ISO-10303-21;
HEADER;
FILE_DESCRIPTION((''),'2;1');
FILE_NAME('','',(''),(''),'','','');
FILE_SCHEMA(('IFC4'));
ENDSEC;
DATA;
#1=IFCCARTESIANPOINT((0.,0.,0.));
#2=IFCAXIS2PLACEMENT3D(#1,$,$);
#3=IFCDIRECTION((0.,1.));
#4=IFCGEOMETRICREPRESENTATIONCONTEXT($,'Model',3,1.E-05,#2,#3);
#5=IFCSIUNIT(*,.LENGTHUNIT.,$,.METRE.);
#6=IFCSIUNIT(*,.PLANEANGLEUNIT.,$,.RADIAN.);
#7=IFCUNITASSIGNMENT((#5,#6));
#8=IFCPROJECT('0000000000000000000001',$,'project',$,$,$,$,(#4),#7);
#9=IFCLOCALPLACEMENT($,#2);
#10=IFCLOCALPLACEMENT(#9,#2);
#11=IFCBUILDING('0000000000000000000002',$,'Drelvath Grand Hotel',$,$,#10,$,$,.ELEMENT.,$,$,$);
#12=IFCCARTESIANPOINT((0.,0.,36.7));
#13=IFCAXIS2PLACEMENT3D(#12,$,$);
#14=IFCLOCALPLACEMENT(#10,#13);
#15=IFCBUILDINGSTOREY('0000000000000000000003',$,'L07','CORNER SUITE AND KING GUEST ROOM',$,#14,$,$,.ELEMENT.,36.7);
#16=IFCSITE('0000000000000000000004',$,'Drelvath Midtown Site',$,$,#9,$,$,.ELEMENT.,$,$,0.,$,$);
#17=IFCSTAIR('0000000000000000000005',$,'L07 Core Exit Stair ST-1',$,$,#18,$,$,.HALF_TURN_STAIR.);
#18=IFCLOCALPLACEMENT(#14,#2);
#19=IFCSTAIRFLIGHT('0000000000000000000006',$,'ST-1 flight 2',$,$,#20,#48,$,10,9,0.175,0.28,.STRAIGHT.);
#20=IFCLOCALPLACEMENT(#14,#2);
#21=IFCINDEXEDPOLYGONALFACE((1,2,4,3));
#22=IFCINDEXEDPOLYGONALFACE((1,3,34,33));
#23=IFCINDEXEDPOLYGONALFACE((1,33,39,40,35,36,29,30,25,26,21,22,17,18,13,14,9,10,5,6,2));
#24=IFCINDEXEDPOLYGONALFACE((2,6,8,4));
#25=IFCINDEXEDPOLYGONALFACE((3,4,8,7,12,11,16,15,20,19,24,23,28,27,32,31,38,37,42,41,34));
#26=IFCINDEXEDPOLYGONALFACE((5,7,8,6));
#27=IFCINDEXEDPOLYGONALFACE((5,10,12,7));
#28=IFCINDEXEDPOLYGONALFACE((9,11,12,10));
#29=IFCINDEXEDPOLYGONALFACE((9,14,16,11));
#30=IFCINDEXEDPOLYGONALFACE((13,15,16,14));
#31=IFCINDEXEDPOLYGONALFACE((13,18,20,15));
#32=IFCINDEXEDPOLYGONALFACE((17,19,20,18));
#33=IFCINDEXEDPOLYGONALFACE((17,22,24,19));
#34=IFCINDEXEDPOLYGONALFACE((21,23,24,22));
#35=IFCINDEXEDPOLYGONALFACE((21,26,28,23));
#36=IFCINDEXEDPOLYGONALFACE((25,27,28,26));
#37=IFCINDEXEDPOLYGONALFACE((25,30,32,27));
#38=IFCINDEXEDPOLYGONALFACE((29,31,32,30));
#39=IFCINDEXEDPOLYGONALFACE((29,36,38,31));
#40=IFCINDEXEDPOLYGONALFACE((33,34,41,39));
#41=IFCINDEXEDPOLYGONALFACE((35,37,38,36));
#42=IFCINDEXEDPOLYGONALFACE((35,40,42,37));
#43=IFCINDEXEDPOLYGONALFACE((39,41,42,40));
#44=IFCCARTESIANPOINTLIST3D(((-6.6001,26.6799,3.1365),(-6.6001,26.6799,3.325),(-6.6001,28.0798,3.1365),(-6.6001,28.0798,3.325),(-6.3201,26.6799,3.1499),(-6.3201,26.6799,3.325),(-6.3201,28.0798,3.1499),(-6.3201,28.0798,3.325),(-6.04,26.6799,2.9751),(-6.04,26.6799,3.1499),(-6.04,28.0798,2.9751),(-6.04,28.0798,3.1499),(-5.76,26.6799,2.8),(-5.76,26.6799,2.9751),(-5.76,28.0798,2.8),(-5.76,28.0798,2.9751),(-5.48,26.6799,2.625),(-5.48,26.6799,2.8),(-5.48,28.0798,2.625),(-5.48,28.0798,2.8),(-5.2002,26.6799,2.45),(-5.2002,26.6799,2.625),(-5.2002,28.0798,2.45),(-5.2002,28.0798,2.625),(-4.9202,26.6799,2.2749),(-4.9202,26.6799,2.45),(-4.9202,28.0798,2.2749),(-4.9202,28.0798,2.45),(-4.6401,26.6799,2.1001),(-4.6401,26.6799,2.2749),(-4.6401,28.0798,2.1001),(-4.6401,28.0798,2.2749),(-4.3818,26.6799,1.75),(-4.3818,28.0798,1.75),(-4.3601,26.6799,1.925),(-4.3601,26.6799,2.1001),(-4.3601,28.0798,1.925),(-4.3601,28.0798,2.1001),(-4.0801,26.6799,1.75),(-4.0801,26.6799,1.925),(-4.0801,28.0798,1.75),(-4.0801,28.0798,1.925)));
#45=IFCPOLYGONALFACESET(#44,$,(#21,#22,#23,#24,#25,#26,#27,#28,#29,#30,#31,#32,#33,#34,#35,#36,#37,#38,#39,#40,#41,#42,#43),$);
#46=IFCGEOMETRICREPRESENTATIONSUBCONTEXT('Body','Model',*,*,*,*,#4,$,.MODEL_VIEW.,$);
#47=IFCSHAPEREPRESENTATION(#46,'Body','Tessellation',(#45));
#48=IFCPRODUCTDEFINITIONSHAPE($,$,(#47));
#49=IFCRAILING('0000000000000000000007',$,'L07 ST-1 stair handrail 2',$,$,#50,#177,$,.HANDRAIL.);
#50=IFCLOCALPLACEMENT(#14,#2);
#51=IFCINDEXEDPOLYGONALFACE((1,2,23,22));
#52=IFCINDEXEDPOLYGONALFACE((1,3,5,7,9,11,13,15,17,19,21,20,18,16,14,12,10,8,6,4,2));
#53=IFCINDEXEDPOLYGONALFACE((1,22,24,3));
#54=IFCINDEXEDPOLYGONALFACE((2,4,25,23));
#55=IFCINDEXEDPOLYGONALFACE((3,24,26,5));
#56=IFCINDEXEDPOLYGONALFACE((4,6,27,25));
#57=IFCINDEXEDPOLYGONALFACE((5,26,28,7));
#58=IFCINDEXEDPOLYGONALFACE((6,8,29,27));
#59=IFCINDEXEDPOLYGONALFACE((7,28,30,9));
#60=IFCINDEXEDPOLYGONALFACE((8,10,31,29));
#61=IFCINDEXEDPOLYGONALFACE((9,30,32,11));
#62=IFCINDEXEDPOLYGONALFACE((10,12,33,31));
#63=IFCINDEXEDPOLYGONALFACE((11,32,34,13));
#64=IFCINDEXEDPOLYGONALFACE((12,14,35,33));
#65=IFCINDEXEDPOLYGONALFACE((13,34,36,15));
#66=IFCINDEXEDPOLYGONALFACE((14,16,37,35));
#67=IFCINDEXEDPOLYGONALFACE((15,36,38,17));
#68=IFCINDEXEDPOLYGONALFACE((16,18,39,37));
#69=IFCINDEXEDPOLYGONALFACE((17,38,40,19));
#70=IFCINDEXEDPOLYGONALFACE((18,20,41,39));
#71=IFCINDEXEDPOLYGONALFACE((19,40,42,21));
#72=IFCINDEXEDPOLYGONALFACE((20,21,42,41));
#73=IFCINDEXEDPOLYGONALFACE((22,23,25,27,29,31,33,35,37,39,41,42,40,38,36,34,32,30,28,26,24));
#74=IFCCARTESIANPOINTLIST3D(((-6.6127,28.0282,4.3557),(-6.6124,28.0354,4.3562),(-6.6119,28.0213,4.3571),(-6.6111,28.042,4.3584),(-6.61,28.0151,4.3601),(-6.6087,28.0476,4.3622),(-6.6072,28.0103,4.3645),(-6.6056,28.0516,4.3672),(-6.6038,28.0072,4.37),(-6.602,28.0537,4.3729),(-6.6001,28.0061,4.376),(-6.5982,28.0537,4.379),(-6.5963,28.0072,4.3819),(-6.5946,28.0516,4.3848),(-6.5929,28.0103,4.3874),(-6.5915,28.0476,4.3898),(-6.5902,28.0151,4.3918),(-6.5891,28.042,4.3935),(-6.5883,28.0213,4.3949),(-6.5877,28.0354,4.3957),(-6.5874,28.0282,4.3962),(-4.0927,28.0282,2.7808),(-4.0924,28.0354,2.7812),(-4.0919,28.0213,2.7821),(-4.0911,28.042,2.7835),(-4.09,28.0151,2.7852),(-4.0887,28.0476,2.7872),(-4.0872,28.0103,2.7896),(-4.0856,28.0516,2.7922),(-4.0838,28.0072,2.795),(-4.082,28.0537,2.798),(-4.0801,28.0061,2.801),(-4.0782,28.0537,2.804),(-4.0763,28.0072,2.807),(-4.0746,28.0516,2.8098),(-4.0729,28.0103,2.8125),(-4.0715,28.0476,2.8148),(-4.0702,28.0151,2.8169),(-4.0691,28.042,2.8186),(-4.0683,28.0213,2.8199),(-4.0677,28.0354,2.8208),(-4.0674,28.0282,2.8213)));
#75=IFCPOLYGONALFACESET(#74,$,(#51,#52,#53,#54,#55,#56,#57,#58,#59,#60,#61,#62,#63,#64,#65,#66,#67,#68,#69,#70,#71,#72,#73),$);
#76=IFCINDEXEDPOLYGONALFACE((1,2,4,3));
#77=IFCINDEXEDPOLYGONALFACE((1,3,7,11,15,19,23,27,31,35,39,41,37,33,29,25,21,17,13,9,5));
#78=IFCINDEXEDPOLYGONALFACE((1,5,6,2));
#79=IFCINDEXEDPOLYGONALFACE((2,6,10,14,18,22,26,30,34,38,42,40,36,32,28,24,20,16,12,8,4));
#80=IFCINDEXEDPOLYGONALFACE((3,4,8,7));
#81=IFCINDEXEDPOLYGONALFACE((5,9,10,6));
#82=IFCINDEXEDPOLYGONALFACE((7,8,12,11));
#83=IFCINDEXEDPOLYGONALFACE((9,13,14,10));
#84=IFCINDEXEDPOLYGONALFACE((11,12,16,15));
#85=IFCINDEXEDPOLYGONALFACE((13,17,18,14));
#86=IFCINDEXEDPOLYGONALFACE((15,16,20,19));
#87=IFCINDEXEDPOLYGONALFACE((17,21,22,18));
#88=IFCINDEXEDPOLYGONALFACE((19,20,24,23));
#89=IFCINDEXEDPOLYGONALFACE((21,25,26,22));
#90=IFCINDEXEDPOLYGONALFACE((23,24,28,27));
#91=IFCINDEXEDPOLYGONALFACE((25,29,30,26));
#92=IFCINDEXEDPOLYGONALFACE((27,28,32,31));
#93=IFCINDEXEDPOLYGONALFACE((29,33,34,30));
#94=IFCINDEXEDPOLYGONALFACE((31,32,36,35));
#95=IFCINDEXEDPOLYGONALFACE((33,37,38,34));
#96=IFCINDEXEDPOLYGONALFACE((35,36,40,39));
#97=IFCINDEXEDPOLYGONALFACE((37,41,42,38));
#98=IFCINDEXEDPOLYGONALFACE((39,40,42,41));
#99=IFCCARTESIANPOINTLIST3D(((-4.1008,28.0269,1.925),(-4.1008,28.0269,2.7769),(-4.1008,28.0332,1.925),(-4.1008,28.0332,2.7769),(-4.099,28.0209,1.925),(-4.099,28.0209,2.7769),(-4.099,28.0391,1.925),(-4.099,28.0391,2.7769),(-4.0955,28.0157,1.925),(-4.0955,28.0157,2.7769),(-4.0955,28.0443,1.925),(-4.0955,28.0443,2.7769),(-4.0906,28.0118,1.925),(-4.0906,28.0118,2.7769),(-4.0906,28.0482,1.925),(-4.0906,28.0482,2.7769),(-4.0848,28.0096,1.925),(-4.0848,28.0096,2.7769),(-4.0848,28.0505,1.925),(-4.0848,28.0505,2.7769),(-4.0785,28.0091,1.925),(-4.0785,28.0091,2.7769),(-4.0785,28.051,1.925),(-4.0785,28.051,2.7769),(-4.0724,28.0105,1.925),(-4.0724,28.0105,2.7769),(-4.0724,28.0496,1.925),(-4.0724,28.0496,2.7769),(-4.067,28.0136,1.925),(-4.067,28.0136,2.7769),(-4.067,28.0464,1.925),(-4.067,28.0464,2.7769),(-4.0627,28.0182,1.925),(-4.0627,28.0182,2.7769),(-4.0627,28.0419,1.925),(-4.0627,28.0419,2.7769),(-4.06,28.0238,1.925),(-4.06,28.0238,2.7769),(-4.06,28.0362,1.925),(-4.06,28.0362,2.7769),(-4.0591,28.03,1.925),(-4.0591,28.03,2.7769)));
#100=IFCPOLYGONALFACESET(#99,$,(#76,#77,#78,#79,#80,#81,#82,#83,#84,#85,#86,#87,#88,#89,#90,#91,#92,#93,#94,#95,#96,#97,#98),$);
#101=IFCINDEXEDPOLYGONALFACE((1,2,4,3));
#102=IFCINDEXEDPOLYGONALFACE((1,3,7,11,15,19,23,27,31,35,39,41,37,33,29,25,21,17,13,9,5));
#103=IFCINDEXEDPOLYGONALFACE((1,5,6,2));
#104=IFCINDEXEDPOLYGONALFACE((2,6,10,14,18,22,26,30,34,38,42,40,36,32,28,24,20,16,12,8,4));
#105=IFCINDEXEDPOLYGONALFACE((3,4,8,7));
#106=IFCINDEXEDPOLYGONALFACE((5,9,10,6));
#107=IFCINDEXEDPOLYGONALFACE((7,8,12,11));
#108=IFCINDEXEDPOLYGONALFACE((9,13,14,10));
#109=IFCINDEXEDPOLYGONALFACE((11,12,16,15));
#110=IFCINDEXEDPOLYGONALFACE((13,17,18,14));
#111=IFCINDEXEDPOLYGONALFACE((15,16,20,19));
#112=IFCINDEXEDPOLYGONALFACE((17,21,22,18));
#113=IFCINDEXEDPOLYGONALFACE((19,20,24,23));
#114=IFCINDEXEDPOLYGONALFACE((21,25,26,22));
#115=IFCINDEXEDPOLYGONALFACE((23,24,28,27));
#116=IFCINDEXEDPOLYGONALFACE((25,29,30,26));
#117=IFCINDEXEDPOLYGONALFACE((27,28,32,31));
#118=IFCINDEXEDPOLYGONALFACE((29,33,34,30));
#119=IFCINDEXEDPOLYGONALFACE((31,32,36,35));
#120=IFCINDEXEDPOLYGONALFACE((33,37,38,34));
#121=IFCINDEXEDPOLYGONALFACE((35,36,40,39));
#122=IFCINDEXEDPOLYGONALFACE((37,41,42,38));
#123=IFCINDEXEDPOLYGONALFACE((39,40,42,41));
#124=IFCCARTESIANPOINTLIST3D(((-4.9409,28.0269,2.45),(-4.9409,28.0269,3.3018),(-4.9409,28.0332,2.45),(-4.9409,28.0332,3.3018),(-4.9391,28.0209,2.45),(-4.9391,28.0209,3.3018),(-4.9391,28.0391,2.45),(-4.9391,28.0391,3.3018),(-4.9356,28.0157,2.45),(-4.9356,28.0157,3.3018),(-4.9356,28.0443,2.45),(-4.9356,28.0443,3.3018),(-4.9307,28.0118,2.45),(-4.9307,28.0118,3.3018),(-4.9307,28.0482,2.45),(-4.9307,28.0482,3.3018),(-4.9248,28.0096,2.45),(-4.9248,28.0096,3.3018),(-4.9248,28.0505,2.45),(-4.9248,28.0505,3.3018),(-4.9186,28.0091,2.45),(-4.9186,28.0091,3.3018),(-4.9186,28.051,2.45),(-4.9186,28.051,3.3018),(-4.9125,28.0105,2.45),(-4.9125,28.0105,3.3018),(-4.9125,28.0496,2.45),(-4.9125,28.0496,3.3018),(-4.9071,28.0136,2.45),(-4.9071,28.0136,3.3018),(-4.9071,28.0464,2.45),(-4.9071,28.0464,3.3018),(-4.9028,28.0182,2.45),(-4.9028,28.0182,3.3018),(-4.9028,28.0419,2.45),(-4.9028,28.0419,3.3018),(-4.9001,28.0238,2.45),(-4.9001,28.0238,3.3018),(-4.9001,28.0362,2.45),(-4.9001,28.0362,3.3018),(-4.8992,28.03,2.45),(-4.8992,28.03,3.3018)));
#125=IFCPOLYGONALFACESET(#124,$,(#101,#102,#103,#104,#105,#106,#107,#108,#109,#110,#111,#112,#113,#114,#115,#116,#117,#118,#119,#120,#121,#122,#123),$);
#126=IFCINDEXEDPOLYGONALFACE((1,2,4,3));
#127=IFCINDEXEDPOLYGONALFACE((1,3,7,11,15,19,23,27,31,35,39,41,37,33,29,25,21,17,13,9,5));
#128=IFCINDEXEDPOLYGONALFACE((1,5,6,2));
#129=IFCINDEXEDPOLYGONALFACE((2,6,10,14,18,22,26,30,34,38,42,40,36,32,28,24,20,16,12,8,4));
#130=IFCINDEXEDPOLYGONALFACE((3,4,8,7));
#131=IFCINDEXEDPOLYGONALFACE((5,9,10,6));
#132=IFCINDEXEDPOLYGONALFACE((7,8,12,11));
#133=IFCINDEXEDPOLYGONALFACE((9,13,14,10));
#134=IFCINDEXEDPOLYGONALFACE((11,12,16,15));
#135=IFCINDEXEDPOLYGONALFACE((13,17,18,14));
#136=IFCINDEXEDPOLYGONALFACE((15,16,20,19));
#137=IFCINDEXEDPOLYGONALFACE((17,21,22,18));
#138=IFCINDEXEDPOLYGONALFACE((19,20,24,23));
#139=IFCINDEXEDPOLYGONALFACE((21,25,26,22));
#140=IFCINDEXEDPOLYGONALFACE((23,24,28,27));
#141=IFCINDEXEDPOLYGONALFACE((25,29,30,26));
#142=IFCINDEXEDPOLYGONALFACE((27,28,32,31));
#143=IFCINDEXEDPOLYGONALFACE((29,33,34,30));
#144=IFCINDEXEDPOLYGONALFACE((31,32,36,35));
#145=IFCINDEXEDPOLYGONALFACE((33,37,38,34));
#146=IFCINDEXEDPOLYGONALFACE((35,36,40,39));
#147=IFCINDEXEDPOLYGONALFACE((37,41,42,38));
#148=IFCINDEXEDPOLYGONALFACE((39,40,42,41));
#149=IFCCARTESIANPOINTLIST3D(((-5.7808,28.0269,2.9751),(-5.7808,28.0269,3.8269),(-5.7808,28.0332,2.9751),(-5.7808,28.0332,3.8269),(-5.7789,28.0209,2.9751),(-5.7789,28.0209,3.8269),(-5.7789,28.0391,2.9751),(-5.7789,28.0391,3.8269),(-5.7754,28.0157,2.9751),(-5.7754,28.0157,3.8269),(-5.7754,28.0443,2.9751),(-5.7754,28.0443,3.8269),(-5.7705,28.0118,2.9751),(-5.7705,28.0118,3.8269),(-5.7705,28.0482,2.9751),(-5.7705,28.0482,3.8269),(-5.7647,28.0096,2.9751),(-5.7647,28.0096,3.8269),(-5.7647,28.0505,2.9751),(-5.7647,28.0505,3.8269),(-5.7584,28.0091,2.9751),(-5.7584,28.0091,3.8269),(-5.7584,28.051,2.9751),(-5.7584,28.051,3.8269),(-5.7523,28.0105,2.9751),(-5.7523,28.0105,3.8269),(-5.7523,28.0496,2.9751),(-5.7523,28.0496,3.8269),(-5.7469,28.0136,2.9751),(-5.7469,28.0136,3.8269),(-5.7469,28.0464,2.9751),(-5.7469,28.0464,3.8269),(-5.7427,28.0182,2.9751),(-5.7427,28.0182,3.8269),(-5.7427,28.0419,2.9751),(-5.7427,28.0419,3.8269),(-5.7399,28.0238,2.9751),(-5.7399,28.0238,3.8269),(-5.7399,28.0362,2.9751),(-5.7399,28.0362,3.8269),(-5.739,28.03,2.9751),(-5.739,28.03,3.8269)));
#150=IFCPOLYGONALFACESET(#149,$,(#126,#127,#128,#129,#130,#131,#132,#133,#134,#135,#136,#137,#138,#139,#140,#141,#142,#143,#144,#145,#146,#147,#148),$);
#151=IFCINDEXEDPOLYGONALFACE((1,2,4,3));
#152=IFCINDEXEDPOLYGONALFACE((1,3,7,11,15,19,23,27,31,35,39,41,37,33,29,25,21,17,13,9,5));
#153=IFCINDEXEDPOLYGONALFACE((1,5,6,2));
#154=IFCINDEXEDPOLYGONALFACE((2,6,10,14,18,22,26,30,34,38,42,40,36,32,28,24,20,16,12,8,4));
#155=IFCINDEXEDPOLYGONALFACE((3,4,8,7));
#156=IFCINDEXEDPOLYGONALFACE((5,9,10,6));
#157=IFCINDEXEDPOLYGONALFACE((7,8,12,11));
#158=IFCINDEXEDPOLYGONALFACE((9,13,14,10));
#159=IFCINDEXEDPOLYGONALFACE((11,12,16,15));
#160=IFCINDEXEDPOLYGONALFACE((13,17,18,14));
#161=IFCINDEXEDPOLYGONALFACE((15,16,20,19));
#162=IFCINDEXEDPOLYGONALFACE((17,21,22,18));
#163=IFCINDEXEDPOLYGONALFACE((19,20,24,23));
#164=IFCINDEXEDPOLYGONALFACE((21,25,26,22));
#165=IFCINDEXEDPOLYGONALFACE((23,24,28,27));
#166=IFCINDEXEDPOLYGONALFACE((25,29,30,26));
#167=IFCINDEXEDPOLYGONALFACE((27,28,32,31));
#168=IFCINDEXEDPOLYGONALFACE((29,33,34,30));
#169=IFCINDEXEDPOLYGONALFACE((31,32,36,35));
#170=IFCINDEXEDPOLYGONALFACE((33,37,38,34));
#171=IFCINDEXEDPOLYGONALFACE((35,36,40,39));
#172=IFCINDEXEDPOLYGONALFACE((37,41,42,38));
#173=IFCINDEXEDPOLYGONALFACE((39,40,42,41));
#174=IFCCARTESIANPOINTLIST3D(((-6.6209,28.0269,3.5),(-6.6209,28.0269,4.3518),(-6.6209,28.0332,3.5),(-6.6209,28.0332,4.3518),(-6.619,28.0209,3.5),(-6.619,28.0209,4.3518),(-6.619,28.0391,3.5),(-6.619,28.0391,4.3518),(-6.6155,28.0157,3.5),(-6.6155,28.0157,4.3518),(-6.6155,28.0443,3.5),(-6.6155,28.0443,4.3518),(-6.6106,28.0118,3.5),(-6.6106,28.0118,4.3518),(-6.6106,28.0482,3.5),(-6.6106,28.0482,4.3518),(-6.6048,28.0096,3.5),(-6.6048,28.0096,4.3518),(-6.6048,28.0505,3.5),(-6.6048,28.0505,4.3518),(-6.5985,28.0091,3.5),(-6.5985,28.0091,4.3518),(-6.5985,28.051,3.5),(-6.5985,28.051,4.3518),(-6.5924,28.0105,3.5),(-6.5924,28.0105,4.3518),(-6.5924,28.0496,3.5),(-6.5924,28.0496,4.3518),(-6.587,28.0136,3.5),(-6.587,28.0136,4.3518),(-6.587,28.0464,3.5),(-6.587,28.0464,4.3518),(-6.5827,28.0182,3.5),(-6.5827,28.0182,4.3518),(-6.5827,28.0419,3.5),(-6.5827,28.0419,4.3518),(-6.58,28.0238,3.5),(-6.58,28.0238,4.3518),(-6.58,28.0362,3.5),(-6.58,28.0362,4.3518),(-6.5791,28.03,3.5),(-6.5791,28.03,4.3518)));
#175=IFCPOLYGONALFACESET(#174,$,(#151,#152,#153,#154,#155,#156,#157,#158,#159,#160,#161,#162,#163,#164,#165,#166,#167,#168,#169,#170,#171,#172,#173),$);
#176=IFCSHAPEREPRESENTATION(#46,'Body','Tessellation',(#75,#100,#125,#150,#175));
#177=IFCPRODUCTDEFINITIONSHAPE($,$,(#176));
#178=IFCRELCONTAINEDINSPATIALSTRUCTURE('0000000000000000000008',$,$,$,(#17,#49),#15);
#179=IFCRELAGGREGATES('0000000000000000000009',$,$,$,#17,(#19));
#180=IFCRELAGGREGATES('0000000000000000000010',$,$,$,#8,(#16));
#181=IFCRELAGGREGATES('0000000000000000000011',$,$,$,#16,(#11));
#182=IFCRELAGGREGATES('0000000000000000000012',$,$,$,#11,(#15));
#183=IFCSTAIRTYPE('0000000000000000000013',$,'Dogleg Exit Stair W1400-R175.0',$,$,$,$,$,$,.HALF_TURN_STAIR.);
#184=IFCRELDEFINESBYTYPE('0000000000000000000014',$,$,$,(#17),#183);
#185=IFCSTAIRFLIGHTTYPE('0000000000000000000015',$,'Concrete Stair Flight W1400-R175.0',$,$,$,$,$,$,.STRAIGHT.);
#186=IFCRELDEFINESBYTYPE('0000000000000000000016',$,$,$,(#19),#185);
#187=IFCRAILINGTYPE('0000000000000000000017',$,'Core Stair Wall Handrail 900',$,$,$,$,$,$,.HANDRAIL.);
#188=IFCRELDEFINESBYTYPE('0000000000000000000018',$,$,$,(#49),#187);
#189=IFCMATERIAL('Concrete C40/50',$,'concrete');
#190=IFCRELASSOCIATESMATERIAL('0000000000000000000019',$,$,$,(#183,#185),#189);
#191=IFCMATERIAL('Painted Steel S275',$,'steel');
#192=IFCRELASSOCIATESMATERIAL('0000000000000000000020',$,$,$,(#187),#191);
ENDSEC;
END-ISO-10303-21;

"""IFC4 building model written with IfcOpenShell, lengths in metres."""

from ifc_helpers import new_model, si_unit, direction, frame, origin, origin_2d, place, context, subcontext, project, spatial, polyline, circle, outline, extrude, material, type_object, element, aggregate, save


model = new_model("IFC4")

# Units and contexts
model_context = context("Model", 3, precision=1e-05, world=origin(), true_north=direction((0.0, 1.0)))
body_context = subcontext(model_context, "Body", "Model", "MODEL_VIEW")
ifc_project = project(units=[si_unit("LENGTHUNIT", "METRE"), si_unit("PLANEANGLEUNIT", "RADIAN")], contexts=[model_context])

# Site, building, storey
site_placement = place(None, origin())
site = spatial("IfcSite", under=ifc_project, at=site_placement, Name="Drelvath Midtown Site", CompositionType="ELEMENT", RefElevation=0.0)
building_placement = place(site_placement, origin())
building = spatial("IfcBuilding", under=site, at=building_placement, Name="Drelvath Grand Hotel", CompositionType="ELEMENT")
storey_placement = place(building_placement, frame((0.0, 0.0, 36.7)))
storey = spatial("IfcBuildingStorey", under=building, at=storey_placement, Name="L07", Description="CORNER SUITE AND KING GUEST ROOM", CompositionType="ELEMENT", Elevation=36.7)

# Shared definitions
ifc_material_1 = material(Name="Painted Steel S275", Category="steel")

# Shared definitions
ifc_material_2 = material(Name="Concrete C40/50", Category="concrete")

# Stair, stair flight
stair_type = type_object("IfcStairType", Name="Dogleg Exit Stair W1400-R175.0", PredefinedType="HALF_TURN_STAIR", material=ifc_material_2)
stair_placement = place(storey_placement, origin())
stair = element("IfcStair", 1, at=stair_placement, inside=storey, type_object=stair_type, Name="L07 Core Exit Stair ST-1", PredefinedType="HALF_TURN_STAIR")
stair_flight_type = type_object("IfcStairFlightType", Name="Concrete Stair Flight W1400-R175.0", PredefinedType="STRAIGHT", material=ifc_material_2)
stair_flight_placement = place(storey_placement, frame((-4.0801, 27.3799, 1.75), z_axis=(0.0, 0.0, 1.0), x_axis=(-1.0, 0.0, 0.0)))
stair_flight = element("IfcStairFlight", 2, at=stair_flight_placement, type_object=stair_flight_type, Name="ST-1 flight 2", NumberOfRisers=10, NumberOfTreads=9, PredefinedType="STRAIGHT", RiserHeight=0.175, TreadLength=0.28, context=body_context, shape_type="SweptSolid", body=[
    extrude(outline(polyline([(0.0, 0.0), (0.0, 0.175), (0.28, 0.175), (0.28, 0.3501), (0.5601, 0.3501), (0.5601, 0.5249), (0.8401, 0.5249), (0.8401, 0.7), (1.1201, 0.7), (1.1201, 0.875), (1.3999, 0.875), (1.3999, 1.05), (1.6799, 1.05), (1.6799, 1.2251), (1.96, 1.2251), (1.96, 1.3999), (2.24, 1.3999), (2.24, 1.575), (2.52, 1.575), (2.52, 1.75), (2.52, 1.3865), (0.3018, 0.0), (0.0, 0.0)])), frame((0.0, 0.7, 0.0), z_axis=(0.0, -1.0, 0.0), x_axis=(1.0, 0.0, 0.0)), (0.0, 0.0, 1.0), 1.3999),
])
aggregate(stair, [stair_flight])

# Railing
railing_type_1 = type_object("IfcRailingType", Name="Core Stair Wall Handrail 900", PredefinedType="HANDRAIL", material=ifc_material_1)
railing_1_placement = place(storey_placement, frame((-4.0801, 28.03, 1.925)))
element("IfcRailing", 3, at=railing_1_placement, inside=storey, type_object=railing_type_1, Name="L07 ST-1 stair handrail 2", PredefinedType="HANDRAIL", context=body_context, shape_type="SweptSolid", body=[
    extrude(circle(Radius=0.0239, at=origin_2d()), frame((0.0, 0.0, 0.876), z_axis=(-0.848008, 0.0, 0.529984), x_axis=(0.0, -1.0, 0.0)), (0.0, 0.0, 1.0), 2.9717),
    extrude(circle(Radius=0.021, at=origin_2d()), origin(), (0.0, 0.0, 1.0), 0.8518),
    extrude(circle(Radius=0.021, at=origin_2d()), frame((-0.8401, 0.0, 0.5249)), (0.0, 0.0, 1.0), 0.8518),
    extrude(circle(Radius=0.021, at=origin_2d()), frame((-1.6799, 0.0, 1.05)), (0.0, 0.0, 1.0), 0.8518),
    extrude(circle(Radius=0.021, at=origin_2d()), frame((-2.52, 0.0, 1.575)), (0.0, 0.0, 1.0), 0.8518),
])

save(model, "model.ifc")
